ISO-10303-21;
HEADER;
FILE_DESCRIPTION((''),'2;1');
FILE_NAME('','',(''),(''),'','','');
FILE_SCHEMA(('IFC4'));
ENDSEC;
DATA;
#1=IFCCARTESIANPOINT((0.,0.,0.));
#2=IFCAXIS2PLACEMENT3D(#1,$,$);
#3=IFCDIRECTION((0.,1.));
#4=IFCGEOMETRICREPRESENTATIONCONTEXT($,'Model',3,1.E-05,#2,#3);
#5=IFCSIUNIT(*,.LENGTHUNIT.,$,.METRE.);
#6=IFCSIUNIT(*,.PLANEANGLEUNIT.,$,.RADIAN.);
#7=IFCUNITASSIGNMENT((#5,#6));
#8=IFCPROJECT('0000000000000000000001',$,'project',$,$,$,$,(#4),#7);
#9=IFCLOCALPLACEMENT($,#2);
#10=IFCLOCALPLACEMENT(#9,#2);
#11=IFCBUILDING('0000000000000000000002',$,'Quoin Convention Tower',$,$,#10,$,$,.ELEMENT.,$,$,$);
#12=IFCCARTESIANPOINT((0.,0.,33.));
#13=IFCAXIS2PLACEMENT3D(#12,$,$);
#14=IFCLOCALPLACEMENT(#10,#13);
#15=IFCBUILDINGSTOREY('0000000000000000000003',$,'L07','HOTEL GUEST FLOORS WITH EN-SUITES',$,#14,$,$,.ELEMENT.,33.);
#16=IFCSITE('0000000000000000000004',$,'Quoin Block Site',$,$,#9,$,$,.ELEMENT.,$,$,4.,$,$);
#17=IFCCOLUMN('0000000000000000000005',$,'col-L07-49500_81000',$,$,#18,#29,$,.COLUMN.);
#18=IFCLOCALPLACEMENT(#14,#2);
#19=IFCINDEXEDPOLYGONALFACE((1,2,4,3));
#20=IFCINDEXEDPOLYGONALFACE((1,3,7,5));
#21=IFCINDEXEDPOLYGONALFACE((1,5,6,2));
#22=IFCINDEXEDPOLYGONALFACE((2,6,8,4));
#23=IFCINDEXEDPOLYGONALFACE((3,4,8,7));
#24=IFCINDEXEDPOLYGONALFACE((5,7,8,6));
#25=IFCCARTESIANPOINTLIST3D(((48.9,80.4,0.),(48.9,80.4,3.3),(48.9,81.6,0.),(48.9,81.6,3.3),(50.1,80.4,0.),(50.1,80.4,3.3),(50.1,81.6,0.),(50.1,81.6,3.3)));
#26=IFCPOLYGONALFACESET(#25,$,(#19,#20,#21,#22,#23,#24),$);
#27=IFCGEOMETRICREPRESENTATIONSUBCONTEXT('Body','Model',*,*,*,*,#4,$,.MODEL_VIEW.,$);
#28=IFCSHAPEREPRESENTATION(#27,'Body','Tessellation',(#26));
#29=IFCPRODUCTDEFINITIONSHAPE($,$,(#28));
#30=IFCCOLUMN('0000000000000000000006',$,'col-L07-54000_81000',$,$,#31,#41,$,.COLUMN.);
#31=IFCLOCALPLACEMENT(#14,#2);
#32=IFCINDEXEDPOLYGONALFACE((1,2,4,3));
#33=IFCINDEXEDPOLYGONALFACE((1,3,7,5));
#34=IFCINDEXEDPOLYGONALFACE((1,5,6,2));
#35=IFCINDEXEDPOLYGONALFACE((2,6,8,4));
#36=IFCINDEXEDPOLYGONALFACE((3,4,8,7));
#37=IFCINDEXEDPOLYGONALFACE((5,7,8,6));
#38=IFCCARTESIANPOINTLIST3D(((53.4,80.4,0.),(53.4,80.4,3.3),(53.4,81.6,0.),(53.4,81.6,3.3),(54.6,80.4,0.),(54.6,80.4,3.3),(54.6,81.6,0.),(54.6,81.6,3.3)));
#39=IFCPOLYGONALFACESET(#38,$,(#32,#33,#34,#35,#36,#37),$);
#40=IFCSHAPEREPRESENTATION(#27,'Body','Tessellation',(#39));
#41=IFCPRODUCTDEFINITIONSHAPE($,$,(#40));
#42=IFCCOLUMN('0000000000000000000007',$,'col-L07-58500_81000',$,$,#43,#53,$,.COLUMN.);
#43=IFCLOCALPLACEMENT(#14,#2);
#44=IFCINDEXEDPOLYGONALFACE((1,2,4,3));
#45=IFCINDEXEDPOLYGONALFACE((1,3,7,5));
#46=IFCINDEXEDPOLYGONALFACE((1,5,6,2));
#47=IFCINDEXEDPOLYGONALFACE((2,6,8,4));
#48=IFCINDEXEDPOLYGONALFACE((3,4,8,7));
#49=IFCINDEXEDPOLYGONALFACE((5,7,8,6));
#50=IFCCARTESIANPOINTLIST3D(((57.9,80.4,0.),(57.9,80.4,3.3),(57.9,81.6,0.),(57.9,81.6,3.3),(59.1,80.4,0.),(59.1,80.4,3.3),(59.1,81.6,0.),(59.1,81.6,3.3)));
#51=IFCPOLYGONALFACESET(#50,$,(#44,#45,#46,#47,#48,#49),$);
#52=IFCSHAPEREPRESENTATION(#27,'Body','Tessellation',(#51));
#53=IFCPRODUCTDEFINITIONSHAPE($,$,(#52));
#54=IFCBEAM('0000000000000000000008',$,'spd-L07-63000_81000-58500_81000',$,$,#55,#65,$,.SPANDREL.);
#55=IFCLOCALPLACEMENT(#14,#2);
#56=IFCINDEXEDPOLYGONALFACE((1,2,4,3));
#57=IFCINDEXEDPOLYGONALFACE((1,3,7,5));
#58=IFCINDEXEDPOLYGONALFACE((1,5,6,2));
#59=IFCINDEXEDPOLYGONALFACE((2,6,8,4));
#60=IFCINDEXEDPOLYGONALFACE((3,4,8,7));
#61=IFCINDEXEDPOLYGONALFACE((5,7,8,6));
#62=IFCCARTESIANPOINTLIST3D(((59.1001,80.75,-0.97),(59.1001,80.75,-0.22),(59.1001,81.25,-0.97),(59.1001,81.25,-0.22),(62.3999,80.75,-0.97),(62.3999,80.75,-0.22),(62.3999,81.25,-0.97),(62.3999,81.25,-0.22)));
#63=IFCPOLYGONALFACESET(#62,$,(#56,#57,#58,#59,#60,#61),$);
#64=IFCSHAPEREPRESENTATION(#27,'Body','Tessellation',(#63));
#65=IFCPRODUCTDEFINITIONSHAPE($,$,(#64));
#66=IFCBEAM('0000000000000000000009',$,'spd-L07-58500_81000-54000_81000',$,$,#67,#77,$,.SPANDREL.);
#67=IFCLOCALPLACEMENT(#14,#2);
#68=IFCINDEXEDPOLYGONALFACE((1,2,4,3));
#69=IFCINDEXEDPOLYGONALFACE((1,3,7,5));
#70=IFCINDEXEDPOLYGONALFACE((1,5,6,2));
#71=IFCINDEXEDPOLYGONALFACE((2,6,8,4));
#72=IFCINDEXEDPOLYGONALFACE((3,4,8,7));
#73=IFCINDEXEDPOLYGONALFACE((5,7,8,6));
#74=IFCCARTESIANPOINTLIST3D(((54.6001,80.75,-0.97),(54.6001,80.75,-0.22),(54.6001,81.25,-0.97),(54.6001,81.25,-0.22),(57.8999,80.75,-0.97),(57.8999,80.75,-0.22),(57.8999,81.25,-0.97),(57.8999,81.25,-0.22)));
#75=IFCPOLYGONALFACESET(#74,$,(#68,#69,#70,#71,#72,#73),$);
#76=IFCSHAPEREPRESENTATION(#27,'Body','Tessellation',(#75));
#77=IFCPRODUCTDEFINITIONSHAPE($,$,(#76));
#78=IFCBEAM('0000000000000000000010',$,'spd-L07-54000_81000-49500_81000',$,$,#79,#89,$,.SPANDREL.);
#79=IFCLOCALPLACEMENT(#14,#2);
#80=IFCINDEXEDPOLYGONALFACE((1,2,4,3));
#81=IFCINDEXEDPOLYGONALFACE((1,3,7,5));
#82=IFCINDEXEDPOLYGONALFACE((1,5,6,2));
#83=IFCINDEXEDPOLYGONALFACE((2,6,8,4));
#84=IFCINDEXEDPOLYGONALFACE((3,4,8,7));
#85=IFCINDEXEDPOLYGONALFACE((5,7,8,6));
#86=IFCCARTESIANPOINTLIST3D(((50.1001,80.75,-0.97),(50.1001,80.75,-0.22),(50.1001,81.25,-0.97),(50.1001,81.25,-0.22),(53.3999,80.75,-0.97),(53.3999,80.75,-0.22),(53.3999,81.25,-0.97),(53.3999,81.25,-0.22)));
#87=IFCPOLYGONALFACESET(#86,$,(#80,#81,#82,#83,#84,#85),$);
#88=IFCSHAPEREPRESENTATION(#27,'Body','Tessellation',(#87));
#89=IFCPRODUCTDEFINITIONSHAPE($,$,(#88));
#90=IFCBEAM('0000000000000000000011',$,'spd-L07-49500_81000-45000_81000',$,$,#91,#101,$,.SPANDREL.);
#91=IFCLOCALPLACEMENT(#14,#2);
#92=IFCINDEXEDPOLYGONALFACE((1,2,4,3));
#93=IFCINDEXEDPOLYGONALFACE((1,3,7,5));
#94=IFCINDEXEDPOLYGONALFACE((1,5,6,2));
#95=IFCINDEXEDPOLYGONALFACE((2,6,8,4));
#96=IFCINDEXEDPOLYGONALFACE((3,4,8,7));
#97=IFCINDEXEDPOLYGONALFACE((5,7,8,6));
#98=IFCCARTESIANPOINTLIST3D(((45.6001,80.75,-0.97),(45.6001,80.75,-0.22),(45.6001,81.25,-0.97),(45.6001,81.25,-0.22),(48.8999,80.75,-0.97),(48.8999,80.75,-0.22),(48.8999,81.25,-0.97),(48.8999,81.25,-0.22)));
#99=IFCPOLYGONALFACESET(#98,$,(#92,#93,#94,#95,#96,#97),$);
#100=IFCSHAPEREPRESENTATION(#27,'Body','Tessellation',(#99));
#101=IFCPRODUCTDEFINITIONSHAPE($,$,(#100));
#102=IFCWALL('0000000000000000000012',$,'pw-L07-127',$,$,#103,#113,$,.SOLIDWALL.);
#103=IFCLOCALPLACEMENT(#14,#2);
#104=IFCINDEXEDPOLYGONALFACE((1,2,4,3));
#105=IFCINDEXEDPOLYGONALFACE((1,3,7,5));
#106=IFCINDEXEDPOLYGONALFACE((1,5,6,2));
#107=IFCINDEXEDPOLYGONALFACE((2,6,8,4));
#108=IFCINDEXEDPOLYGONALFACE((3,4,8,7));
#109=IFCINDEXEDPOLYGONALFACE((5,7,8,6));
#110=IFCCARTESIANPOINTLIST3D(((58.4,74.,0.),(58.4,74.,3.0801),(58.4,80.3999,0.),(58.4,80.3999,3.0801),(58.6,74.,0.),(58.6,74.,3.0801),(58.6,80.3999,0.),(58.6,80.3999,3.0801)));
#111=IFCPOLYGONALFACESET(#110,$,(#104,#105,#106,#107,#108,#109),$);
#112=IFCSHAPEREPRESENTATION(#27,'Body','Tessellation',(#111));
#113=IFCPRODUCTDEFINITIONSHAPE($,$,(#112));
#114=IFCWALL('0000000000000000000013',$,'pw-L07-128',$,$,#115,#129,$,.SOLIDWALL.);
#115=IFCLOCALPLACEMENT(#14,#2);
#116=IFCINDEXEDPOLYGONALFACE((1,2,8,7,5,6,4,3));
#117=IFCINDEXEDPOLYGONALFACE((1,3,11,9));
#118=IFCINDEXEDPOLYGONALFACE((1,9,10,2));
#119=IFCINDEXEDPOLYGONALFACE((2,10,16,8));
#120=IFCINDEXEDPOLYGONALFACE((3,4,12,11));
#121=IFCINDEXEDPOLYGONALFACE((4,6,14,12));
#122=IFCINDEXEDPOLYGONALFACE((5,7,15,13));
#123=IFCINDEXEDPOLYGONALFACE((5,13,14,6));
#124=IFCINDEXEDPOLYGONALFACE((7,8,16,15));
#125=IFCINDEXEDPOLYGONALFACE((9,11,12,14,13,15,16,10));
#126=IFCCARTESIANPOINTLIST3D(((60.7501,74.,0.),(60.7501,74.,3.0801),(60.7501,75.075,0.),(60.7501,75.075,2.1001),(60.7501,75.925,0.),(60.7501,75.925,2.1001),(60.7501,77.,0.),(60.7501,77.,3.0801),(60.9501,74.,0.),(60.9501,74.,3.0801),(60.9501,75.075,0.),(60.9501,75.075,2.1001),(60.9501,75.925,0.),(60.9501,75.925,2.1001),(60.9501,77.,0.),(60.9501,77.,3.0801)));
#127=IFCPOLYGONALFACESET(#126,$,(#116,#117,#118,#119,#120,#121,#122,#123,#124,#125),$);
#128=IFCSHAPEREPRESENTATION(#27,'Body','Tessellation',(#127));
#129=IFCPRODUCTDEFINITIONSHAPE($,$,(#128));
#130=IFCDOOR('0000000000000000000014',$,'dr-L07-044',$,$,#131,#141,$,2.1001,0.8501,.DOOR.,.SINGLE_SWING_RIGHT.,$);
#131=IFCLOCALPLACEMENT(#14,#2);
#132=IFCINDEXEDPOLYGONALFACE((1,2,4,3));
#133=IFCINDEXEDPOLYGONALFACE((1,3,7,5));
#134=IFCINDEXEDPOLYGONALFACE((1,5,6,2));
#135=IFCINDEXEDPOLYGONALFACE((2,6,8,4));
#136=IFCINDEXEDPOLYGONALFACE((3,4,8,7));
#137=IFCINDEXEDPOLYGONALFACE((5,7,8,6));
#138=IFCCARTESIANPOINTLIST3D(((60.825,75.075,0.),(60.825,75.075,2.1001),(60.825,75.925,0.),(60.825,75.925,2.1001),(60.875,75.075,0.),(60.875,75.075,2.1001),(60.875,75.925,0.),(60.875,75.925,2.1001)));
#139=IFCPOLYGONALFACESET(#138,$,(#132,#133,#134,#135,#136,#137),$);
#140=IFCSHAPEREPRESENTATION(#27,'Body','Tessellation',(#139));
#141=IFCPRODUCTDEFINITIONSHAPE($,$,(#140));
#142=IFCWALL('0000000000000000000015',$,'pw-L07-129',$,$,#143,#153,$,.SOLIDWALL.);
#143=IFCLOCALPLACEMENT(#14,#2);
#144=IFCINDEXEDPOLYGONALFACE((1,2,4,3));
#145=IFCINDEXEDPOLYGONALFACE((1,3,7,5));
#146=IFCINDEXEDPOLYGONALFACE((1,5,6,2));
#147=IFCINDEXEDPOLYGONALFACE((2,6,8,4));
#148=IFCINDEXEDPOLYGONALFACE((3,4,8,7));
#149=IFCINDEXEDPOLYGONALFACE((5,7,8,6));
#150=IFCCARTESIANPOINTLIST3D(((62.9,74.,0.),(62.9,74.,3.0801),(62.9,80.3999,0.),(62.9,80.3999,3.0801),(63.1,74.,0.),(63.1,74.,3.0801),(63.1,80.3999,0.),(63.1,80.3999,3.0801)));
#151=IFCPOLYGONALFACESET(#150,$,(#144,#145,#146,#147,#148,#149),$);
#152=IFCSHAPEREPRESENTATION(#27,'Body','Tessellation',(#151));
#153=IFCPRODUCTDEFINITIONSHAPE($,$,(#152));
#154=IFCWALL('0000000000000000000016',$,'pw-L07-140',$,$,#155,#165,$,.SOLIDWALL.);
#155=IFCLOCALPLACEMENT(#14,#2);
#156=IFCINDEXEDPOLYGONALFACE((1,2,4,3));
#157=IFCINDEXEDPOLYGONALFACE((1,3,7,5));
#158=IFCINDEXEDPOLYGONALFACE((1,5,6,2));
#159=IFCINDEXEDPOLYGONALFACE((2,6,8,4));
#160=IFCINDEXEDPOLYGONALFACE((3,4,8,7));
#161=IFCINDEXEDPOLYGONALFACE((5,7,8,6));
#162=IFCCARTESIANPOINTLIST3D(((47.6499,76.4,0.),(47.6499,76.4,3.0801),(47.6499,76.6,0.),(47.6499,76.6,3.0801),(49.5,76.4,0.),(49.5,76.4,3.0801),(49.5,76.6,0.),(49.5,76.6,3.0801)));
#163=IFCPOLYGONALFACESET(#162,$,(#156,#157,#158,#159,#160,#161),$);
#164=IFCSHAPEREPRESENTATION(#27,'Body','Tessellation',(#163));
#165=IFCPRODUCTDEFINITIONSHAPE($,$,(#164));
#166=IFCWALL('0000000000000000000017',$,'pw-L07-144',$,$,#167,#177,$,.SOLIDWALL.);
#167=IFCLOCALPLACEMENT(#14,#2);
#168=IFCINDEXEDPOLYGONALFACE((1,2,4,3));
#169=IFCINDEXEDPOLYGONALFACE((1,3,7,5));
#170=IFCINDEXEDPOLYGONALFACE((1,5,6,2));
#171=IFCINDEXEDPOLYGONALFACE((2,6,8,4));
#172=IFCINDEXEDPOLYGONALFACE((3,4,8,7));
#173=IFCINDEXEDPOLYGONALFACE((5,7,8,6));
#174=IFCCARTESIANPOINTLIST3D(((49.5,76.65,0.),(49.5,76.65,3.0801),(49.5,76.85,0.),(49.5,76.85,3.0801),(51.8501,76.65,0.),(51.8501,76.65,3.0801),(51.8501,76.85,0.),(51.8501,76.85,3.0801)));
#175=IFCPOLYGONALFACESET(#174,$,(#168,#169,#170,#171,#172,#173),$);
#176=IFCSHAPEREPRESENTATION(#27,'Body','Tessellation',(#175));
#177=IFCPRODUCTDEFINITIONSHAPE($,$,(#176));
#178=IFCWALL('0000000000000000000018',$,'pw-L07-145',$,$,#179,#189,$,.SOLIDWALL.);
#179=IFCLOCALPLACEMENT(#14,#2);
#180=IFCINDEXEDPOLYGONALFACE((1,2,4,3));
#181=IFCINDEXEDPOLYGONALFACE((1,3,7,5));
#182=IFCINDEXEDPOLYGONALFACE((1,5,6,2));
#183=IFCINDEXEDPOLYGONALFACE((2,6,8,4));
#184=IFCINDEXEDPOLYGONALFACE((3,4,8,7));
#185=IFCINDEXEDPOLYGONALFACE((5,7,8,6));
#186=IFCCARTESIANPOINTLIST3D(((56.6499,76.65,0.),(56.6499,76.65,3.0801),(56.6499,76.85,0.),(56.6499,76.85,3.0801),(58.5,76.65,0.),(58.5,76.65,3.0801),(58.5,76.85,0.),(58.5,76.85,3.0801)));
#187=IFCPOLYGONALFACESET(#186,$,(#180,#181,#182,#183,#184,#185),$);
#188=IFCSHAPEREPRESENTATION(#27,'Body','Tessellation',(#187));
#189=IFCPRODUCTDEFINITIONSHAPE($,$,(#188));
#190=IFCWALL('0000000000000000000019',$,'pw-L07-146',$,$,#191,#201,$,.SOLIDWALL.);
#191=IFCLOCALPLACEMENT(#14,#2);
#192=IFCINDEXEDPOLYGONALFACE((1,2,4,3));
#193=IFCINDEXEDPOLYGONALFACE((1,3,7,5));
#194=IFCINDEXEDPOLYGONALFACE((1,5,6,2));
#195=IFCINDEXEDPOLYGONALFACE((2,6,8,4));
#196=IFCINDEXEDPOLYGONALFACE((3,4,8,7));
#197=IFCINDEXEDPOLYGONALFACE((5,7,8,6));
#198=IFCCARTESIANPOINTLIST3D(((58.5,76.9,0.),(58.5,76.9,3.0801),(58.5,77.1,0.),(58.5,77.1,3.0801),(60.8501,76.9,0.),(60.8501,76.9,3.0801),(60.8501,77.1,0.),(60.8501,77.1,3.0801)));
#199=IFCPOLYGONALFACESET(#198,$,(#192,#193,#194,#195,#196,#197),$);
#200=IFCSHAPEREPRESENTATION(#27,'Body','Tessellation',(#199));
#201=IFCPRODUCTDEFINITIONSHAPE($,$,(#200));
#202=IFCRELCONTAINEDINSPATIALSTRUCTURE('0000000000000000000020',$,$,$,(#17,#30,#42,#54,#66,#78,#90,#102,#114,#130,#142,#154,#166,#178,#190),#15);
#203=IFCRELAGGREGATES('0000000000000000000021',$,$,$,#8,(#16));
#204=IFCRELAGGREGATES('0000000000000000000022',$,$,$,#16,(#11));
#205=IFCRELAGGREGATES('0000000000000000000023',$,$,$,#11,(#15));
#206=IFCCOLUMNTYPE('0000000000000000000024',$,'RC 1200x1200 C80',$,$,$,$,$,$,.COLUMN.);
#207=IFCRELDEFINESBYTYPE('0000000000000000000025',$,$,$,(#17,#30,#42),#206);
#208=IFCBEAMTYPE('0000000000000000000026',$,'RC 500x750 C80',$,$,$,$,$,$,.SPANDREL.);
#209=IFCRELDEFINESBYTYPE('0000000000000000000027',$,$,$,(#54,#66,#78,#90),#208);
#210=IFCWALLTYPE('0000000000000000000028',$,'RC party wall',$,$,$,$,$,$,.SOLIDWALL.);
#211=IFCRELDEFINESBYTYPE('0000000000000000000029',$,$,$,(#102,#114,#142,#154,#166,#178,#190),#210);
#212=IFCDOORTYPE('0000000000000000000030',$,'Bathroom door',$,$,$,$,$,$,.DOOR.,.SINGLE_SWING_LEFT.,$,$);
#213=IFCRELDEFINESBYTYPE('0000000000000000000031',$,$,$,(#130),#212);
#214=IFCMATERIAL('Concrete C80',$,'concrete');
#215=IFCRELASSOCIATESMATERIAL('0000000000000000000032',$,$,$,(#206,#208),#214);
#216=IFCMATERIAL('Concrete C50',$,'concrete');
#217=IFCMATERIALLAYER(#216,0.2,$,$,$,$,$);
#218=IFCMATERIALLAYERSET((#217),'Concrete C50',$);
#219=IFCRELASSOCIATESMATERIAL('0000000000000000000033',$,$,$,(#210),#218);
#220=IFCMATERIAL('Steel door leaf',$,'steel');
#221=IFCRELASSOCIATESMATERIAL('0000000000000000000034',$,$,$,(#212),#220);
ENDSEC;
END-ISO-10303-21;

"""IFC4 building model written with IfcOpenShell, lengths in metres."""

from ifc_helpers import new_model, si_unit, direction, frame, frame_2d, origin, origin_2d, place, context, subcontext, project, spatial, rectangle, extrude, material, layer, layer_set, material_profile, profile_set, type_object, element, fill, save


model = new_model("IFC4")

# Units and contexts
model_context = context("Model", 3, precision=1e-05, world=origin(), true_north=direction((0.0, 1.0)))
body_context = subcontext(model_context, "Body", "Model", "MODEL_VIEW")
ifc_project = project(units=[si_unit("LENGTHUNIT", "METRE"), si_unit("PLANEANGLEUNIT", "RADIAN")], contexts=[model_context])

# Site, building, storey
site_placement = place(None, origin())
site = spatial("IfcSite", under=ifc_project, at=site_placement, Name="Quoin Block Site", CompositionType="ELEMENT", RefElevation=4.0)
building_placement = place(site_placement, origin())
building = spatial("IfcBuilding", under=site, at=building_placement, Name="Quoin Convention Tower", CompositionType="ELEMENT")
storey_placement = place(building_placement, frame((0.0, 0.0, 33.0)))
storey = spatial("IfcBuildingStorey", under=building, at=storey_placement, Name="L07", Description="HOTEL GUEST FLOORS WITH EN-SUITES", CompositionType="ELEMENT", Elevation=33.0)

# Columns
ifc_material_1 = material(Name="Concrete C80", Category="concrete")
ifc_material_profile_1 = material_profile(ifc_material_1, rectangle(XDim=1.2, YDim=1.2, at=origin_2d()), Name="RC 1200x1200")
ifc_profile_set_1 = profile_set([ifc_material_profile_1], Name="Concrete C80")
column_type = type_object("IfcColumnType", Name="RC 1200x1200 C80", PredefinedType="COLUMN", material=ifc_profile_set_1)
for number, where, z_axis, x_axis, name in (
    (1, (49.5, 81.0, 0.0), (0.0, 0.0, 1.0), (1.0, 0.0, 0.0), "col-L07-49500_81000"),
    (2, (54.0, 81.0, 0.0), (0.0, 0.0, 1.0), (1.0, 0.0, 0.0), "col-L07-54000_81000"),
    (3, (58.5, 81.0, 0.0), (0.0, 0.0, 1.0), (1.0, 0.0, 0.0), "col-L07-58500_81000"),
):
    element("IfcColumn", number, at=place(storey_placement, frame(where, z_axis=z_axis, x_axis=x_axis)), inside=storey, type_object=column_type, Name=name, PredefinedType="COLUMN", context=body_context, shape_type="SweptSolid", body=[
        extrude(rectangle(XDim=1.2, YDim=1.2, at=origin_2d()), origin(), (0.0, 0.0, 1.0), 3.3),
    ])

# Beams
ifc_material_profile_2 = material_profile(ifc_material_1, rectangle(XDim=0.5, YDim=0.75, at=origin_2d()), Name="RC 500x750")
ifc_profile_set_2 = profile_set([ifc_material_profile_2], Name="Concrete C80")
beam_type = type_object("IfcBeamType", Name="RC 500x750 C80", PredefinedType="SPANDREL", material=ifc_profile_set_2)
for number, where, z_axis, x_axis, name in (
    (4, (62.3999, 81.0, -0.595), (-1.0, 0.0, 0.0), (0.0, -1.0, 0.0), "spd-L07-63000_81000-58500_81000"),
    (5, (57.8999, 81.0, -0.595), (-1.0, 0.0, 0.0), (0.0, -1.0, 0.0), "spd-L07-58500_81000-54000_81000"),
    (6, (53.3999, 81.0, -0.595), (-1.0, 0.0, 0.0), (0.0, -1.0, 0.0), "spd-L07-54000_81000-49500_81000"),
    (7, (48.8999, 81.0, -0.595), (-1.0, 0.0, 0.0), (0.0, -1.0, 0.0), "spd-L07-49500_81000-45000_81000"),
):
    element("IfcBeam", number, at=place(storey_placement, frame(where, z_axis=z_axis, x_axis=x_axis)), inside=storey, type_object=beam_type, Name=name, PredefinedType="SPANDREL", context=body_context, shape_type="SweptSolid", body=[
        extrude(rectangle(XDim=0.5, YDim=0.75, at=origin_2d()), origin(), (0.0, 0.0, 1.0), 3.2998),
    ])

# Wall
ifc_material_2 = material(Name="Concrete C50", Category="concrete")
ifc_layer = layer(ifc_material_2, 0.2)
ifc_layer_set = layer_set([ifc_layer], Name="Concrete C50")
wall_type = type_object("IfcWallType", Name="RC party wall", PredefinedType="SOLIDWALL", material=ifc_layer_set)
wall_1_placement = place(storey_placement, frame((58.5, 74.0, 0.0), z_axis=(0.0, 0.0, 1.0), x_axis=(0.0, 1.0, 0.0)))
element("IfcWall", 8, at=wall_1_placement, inside=storey, type_object=wall_type, Name="pw-L07-127", PredefinedType="SOLIDWALL", context=body_context, shape_type="SweptSolid", body=[
    extrude(rectangle(XDim=6.3999, YDim=0.2, at=frame_2d((3.2, 0.0))), origin(), (0.0, 0.0, 1.0), 3.0801),
])

# Wall, opening, door
wall_2_placement = place(storey_placement, frame((60.8501, 74.0, 0.0), z_axis=(0.0, 0.0, 1.0), x_axis=(0.0, 1.0, 0.0)))
wall_2 = element("IfcWall", 9, at=wall_2_placement, inside=storey, type_object=wall_type, Name="pw-L07-128", PredefinedType="SOLIDWALL", context=body_context, shape_type="SweptSolid", body=[
    extrude(rectangle(XDim=3.0, YDim=0.2, at=frame_2d((1.5, 0.0))), origin(), (0.0, 0.0, 1.0), 3.0801),
])
opening_placement = place(wall_2_placement, frame((1.075, 0.0, 0.0)))
opening = element("IfcOpeningElement", 10, at=opening_placement, cuts=wall_2, PredefinedType="OPENING", context=body_context, shape_type="SweptSolid", body=[
    extrude(rectangle(XDim=0.8501, YDim=2.1001, at=frame_2d((0.425, 1.05))), frame((0.0, 0.1099, 0.0), z_axis=(0.0, -1.0, 0.0), x_axis=(1.0, 0.0, 0.0)), (0.0, 0.0, 1.0), 0.22),
])
ifc_material_3 = material(Name="Steel door leaf", Category="steel")
door_type = type_object("IfcDoorType", Name="Bathroom door", OperationType="SINGLE_SWING_LEFT", PredefinedType="DOOR", material=ifc_material_3)
door_placement = place(opening_placement, frame((0.8501, 0.0, 0.0), z_axis=(0.0, 0.0, 1.0), x_axis=(-1.0, 0.0, 0.0)))
door = element("IfcDoor", 11, at=door_placement, inside=storey, type_object=door_type, Name="dr-L07-044", OperationType="SINGLE_SWING_RIGHT", OverallHeight=2.1001, OverallWidth=0.8501, PredefinedType="DOOR", context=body_context, shape_type="SweptSolid", body=[
    extrude(rectangle(XDim=0.8501, YDim=2.1001, at=frame_2d((0.425, 1.05))), frame((0.0, 0.0249, 0.0), z_axis=(0.0, -1.0, 0.0), x_axis=(1.0, 0.0, 0.0)), (0.0, 0.0, 1.0), 0.05),
])
fill(opening, door)

# Walls
wall_3_placement = place(storey_placement, frame((63.0, 74.0, 0.0), z_axis=(0.0, 0.0, 1.0), x_axis=(0.0, 1.0, 0.0)))
element("IfcWall", 12, at=wall_3_placement, inside=storey, type_object=wall_type, Name="pw-L07-129", PredefinedType="SOLIDWALL", context=body_context, shape_type="SweptSolid", body=[
    extrude(rectangle(XDim=6.3999, YDim=0.2, at=frame_2d((3.2, 0.0))), origin(), (0.0, 0.0, 1.0), 3.0801),
])
wall_4_placement = place(storey_placement, frame((47.6499, 76.5, 0.0), z_axis=(0.0, 0.0, 1.0), x_axis=(1.0, 0.0, 0.0)))
element("IfcWall", 13, at=wall_4_placement, inside=storey, type_object=wall_type, Name="pw-L07-140", PredefinedType="SOLIDWALL", context=body_context, shape_type="SweptSolid", body=[
    extrude(rectangle(XDim=1.8501, YDim=0.2, at=frame_2d((0.925, 0.0))), origin(), (0.0, 0.0, 1.0), 3.0801),
])
wall_5_placement = place(storey_placement, frame((49.5, 76.75, 0.0), z_axis=(0.0, 0.0, 1.0), x_axis=(1.0, 0.0, 0.0)))
element("IfcWall", 14, at=wall_5_placement, inside=storey, type_object=wall_type, Name="pw-L07-144", PredefinedType="SOLIDWALL", context=body_context, shape_type="SweptSolid", body=[
    extrude(rectangle(XDim=2.3501, YDim=0.2, at=frame_2d((1.175, 0.0))), origin(), (0.0, 0.0, 1.0), 3.0801),
])
wall_6_placement = place(storey_placement, frame((56.6499, 76.75, 0.0), z_axis=(0.0, 0.0, 1.0), x_axis=(1.0, 0.0, 0.0)))
element("IfcWall", 15, at=wall_6_placement, inside=storey, type_object=wall_type, Name="pw-L07-145", PredefinedType="SOLIDWALL", context=body_context, shape_type="SweptSolid", body=[
    extrude(rectangle(XDim=1.8501, YDim=0.2, at=frame_2d((0.925, 0.0))), origin(), (0.0, 0.0, 1.0), 3.0801),
])
wall_7_placement = place(storey_placement, frame((58.5, 77.0, 0.0), z_axis=(0.0, 0.0, 1.0), x_axis=(1.0, 0.0, 0.0)))
element("IfcWall", 16, at=wall_7_placement, inside=storey, type_object=wall_type, Name="pw-L07-146", PredefinedType="SOLIDWALL", context=body_context, shape_type="SweptSolid", body=[
    extrude(rectangle(XDim=2.3501, YDim=0.2, at=frame_2d((1.175, 0.0))), origin(), (0.0, 0.0, 1.0), 3.0801),
])

save(model, "model.ifc")
